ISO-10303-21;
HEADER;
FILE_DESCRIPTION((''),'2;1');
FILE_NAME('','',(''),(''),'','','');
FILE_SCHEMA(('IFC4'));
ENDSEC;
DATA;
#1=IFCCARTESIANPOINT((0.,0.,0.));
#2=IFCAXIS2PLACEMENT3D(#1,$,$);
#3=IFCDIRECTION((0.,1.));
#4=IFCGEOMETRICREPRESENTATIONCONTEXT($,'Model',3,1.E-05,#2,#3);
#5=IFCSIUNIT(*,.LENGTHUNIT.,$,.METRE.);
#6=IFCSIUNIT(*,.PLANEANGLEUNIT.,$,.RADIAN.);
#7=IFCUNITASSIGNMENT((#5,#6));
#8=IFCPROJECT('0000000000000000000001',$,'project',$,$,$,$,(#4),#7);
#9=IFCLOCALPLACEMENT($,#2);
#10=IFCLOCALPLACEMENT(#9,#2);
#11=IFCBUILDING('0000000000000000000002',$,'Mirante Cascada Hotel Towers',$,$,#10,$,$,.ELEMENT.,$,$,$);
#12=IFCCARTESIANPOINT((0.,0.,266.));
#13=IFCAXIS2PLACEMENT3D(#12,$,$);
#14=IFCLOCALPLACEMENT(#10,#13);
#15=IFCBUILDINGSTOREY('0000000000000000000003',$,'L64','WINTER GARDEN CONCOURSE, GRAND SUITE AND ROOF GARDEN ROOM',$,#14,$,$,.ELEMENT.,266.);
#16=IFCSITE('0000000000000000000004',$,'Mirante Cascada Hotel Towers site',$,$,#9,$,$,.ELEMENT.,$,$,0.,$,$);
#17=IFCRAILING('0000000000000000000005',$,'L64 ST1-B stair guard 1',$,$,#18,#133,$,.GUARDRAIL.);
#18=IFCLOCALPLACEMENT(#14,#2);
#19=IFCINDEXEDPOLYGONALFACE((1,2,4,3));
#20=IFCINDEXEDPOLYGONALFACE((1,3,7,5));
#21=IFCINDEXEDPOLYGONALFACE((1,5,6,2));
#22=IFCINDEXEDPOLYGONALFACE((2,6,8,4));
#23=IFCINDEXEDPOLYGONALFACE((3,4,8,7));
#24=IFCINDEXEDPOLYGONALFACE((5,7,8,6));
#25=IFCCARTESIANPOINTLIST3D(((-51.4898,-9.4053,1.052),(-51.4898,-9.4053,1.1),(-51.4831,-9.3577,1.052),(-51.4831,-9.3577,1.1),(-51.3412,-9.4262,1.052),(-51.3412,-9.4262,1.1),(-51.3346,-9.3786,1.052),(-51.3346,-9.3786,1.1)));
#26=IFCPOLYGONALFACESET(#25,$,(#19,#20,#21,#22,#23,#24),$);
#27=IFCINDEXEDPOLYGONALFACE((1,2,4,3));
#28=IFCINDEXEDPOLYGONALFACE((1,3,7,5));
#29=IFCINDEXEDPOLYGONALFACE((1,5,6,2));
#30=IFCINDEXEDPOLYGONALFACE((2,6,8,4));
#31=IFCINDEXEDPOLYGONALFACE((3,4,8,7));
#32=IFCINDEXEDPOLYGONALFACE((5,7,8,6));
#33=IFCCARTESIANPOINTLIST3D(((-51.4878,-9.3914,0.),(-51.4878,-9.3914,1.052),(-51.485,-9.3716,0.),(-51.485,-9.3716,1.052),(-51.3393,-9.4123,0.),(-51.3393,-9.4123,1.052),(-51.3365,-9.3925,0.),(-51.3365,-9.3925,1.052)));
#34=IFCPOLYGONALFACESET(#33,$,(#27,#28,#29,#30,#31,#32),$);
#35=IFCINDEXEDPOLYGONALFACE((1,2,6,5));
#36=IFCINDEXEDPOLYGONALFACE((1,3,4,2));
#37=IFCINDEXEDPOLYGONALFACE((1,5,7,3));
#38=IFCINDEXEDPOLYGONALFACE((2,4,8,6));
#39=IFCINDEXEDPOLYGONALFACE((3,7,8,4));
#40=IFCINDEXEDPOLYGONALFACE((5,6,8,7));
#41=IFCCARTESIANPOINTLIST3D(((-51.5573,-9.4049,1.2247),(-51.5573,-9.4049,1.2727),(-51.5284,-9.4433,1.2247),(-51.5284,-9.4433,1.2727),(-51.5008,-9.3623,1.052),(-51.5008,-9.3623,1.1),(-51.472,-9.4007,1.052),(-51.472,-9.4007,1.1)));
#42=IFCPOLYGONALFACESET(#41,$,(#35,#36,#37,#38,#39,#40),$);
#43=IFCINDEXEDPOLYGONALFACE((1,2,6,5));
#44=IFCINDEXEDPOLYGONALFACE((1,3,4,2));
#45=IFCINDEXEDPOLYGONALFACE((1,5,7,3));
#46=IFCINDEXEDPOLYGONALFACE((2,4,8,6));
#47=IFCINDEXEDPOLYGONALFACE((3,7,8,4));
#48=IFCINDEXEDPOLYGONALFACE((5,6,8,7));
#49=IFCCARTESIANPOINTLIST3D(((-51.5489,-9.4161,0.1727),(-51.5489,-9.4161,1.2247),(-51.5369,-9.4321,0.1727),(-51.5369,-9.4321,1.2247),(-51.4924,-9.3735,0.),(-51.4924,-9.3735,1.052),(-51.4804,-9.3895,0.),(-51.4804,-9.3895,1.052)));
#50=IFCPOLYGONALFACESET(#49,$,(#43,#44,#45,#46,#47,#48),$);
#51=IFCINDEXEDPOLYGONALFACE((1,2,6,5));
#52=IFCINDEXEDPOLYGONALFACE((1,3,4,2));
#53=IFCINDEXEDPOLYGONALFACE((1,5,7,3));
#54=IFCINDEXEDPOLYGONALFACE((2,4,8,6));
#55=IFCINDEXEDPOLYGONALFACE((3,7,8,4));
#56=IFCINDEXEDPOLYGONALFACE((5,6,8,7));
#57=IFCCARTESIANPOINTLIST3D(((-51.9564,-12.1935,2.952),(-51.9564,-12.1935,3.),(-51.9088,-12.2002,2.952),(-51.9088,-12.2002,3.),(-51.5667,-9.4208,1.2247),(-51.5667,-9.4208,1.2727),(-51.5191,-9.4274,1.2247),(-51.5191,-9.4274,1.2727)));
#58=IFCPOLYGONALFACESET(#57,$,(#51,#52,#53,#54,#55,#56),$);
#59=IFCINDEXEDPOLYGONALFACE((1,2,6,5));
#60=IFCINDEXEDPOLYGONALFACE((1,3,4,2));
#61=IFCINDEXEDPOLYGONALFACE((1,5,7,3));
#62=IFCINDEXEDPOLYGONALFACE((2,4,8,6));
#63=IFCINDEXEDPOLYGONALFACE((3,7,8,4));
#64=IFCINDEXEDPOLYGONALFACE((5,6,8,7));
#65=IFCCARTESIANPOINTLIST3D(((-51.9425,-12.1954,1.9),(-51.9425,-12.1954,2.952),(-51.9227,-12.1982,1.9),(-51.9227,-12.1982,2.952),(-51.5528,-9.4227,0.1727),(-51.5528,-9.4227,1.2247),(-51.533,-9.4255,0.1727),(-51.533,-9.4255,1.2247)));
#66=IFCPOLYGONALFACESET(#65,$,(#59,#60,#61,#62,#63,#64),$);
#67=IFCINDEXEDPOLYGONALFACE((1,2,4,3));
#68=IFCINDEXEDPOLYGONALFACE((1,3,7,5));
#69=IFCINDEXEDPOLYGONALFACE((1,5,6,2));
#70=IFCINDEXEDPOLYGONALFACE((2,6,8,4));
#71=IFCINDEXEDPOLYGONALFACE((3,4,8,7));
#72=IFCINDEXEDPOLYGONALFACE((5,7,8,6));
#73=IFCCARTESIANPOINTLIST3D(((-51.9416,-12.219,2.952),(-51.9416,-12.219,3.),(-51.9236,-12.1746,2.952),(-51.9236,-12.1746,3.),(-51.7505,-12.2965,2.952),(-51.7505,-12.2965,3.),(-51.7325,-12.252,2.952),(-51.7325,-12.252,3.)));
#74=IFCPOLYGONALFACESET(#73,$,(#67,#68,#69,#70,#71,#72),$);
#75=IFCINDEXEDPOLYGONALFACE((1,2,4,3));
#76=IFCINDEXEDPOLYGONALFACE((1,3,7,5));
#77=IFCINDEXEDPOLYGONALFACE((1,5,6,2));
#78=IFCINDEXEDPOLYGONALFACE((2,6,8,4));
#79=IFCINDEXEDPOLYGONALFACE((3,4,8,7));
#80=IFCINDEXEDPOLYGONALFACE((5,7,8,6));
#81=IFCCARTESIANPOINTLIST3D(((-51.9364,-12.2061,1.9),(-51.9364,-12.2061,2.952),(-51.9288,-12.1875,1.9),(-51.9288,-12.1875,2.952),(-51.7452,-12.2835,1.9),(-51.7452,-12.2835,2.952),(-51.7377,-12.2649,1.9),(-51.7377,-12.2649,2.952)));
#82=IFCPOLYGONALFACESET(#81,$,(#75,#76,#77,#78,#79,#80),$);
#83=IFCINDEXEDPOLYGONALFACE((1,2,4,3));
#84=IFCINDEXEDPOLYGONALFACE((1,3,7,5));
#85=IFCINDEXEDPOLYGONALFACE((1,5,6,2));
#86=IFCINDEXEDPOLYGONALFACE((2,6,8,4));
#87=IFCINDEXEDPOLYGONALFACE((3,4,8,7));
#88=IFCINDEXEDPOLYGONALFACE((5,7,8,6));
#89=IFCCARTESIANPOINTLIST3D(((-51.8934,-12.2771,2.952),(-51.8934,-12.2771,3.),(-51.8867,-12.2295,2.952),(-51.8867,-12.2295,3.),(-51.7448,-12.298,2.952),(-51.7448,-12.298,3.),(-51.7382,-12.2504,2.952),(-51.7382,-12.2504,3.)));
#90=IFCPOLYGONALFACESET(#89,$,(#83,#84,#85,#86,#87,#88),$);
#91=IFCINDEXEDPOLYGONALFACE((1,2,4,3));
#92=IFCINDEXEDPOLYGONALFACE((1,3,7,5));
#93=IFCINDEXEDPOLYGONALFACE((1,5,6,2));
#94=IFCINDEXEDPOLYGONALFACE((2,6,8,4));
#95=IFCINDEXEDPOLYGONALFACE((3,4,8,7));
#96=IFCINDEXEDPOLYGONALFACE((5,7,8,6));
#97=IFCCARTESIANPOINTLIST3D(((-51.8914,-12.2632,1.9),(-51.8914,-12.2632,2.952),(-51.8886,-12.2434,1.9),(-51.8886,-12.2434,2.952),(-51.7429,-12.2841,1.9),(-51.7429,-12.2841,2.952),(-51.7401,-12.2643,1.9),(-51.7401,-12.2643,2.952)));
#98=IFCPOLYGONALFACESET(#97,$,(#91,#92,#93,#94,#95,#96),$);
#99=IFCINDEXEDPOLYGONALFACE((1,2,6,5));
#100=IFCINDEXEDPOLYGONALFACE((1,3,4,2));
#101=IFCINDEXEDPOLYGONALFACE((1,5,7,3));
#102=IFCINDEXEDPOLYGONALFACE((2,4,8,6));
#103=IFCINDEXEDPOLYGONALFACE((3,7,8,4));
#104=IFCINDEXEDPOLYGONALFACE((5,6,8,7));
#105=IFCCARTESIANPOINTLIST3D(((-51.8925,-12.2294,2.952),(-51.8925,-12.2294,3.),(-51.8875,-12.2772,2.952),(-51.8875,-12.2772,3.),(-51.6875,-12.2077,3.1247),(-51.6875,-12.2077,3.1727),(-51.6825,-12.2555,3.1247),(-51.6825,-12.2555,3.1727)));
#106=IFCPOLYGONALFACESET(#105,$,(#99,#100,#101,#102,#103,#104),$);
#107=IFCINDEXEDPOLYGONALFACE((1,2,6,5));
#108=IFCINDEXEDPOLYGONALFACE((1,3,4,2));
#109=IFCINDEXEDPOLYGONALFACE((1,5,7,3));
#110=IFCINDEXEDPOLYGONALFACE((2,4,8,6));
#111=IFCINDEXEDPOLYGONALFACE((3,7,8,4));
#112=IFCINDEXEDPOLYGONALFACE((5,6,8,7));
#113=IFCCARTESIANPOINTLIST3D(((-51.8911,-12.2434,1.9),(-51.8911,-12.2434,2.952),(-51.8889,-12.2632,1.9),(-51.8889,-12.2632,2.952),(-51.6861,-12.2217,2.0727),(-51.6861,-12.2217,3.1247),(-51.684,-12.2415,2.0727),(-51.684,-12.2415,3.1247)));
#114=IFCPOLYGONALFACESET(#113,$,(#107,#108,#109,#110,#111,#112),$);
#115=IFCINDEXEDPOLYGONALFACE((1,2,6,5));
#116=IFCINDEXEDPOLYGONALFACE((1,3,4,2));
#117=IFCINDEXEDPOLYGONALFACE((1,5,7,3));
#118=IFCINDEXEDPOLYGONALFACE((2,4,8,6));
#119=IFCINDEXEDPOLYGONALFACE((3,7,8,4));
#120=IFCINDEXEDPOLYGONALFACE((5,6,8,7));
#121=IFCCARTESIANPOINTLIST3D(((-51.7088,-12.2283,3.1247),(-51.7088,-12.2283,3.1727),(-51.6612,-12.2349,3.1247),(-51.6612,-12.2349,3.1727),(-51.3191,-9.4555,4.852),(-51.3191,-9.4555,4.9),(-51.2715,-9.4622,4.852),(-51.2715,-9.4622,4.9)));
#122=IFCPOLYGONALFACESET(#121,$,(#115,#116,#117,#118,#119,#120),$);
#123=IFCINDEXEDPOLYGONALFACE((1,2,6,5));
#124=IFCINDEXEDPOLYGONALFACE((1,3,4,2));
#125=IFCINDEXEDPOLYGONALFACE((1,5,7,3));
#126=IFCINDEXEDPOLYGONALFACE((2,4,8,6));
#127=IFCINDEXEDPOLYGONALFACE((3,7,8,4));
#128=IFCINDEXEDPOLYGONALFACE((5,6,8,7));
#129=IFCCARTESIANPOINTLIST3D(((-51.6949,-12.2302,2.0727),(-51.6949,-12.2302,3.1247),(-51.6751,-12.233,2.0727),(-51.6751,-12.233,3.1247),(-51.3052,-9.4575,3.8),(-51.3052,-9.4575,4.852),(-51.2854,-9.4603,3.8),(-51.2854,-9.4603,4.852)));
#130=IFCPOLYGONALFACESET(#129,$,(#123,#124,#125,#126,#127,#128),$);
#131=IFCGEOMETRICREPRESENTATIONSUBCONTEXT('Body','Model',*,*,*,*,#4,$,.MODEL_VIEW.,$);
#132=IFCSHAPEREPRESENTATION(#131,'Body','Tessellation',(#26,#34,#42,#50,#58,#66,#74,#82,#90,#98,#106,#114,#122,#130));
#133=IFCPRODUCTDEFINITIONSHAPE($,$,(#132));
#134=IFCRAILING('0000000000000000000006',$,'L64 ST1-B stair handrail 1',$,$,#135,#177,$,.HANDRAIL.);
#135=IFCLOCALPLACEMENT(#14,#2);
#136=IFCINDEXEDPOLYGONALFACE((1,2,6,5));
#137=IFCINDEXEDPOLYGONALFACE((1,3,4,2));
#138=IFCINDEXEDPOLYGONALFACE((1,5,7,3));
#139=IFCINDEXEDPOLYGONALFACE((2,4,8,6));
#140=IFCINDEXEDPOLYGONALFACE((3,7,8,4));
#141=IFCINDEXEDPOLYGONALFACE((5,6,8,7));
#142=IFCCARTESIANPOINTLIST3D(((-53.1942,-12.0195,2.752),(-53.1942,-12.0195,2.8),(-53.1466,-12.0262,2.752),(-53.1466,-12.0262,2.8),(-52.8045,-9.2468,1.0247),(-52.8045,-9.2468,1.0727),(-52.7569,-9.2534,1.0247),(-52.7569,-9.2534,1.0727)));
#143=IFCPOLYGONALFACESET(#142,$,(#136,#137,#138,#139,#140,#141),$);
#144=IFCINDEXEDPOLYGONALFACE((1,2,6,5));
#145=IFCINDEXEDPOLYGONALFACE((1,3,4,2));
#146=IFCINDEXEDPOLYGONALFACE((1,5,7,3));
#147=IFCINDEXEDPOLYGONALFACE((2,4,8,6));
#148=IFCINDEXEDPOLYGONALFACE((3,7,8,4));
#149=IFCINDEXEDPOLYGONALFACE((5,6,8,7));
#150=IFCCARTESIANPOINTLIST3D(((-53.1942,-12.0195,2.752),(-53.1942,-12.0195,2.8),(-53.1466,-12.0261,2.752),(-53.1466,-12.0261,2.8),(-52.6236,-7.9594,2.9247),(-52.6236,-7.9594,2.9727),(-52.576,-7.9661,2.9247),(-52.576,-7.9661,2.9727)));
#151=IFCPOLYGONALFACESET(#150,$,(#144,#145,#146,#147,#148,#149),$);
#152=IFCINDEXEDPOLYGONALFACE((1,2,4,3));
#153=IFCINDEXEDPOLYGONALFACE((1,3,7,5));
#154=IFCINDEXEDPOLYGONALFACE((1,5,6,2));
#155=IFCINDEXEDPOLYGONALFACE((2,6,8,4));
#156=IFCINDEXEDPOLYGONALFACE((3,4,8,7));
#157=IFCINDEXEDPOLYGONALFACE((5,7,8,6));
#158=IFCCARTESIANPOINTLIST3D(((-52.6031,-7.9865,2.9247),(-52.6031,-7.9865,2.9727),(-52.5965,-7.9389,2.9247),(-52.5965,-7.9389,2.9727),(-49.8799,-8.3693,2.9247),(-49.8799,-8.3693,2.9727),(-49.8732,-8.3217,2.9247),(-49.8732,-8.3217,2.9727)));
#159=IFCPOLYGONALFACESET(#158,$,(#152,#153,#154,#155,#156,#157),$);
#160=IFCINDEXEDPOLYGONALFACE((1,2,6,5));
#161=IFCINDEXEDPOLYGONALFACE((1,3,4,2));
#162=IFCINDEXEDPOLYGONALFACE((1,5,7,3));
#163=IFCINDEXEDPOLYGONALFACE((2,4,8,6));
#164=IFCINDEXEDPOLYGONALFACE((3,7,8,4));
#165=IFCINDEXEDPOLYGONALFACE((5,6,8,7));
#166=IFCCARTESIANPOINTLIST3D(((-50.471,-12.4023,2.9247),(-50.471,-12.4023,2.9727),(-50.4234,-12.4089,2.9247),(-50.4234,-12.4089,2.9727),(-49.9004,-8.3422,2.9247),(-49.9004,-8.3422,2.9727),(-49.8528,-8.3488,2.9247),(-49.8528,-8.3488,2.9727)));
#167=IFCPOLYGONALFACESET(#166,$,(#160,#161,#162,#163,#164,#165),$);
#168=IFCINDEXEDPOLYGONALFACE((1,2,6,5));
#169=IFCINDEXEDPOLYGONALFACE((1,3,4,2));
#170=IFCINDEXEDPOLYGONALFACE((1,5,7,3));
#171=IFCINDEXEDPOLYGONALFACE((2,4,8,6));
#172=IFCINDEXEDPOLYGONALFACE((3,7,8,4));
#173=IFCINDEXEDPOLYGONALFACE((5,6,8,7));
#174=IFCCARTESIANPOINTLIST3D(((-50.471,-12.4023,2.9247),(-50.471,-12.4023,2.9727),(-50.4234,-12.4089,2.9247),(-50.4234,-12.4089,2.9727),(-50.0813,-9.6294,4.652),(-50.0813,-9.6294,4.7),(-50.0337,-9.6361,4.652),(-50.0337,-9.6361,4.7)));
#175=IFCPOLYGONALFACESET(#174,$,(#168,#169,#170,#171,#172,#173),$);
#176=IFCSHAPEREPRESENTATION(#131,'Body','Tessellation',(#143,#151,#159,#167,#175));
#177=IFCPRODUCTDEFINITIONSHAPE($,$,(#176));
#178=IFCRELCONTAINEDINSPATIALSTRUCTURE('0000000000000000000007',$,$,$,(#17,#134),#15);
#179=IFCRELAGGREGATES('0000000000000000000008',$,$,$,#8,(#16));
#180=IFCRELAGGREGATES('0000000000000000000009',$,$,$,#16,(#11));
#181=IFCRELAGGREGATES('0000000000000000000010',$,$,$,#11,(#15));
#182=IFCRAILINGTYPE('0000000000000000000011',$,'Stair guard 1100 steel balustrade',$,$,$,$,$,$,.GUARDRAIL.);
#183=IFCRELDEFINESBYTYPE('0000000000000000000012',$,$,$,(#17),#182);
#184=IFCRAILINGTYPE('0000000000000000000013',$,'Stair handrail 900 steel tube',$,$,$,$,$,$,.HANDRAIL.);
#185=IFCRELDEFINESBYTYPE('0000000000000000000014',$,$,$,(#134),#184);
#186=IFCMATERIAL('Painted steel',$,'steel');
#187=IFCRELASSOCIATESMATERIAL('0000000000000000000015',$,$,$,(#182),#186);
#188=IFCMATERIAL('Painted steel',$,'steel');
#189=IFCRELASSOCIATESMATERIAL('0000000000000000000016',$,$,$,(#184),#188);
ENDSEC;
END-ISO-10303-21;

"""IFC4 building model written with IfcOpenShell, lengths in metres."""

from ifc_helpers import new_model, si_unit, direction, frame, origin, origin_2d, place, context, subcontext, project, spatial, rectangle, extrude, material, type_object, element, save


model = new_model("IFC4")

# Units and contexts
model_context = context("Model", 3, precision=1e-05, world=origin(), true_north=direction((0.0, 1.0)))
body_context = subcontext(model_context, "Body", "Model", "MODEL_VIEW")
ifc_project = project(units=[si_unit("LENGTHUNIT", "METRE"), si_unit("PLANEANGLEUNIT", "RADIAN")], contexts=[model_context])

# Site, building, storey
site_placement = place(None, origin())
site = spatial("IfcSite", under=ifc_project, at=site_placement, Name="Mirante Cascada Hotel Towers site", CompositionType="ELEMENT", RefElevation=0.0)
building_placement = place(site_placement, origin())
building = spatial("IfcBuilding", under=site, at=building_placement, Name="Mirante Cascada Hotel Towers", CompositionType="ELEMENT")
storey_placement = place(building_placement, frame((0.0, 0.0, 266.0)))
storey = spatial("IfcBuildingStorey", under=building, at=storey_placement, Name="L64", Description="WINTER GARDEN CONCOURSE, GRAND SUITE AND ROOF GARDEN ROOM", CompositionType="ELEMENT", Elevation=266.0)

# Railings
ifc_material_1 = material(Name="Painted steel", Category="steel")
railing_type_1 = type_object("IfcRailingType", Name="Stair guard 1100 steel balustrade", PredefinedType="GUARDRAIL", material=ifc_material_1)
railing_1_placement = place(storey_placement, frame((-51.3379, -9.4024, 0.0)))
element("IfcRailing", 1, at=railing_1_placement, inside=storey, type_object=railing_type_1, Name="L64 ST1-B stair guard 1", PredefinedType="GUARDRAIL", context=body_context, shape_type="SweptSolid", body=[
    extrude(rectangle(XDim=0.048, YDim=0.048, at=origin_2d()), frame((0.0, 0.0, 1.076), z_axis=(-0.990241, 0.139367, 0.0), x_axis=(-0.139367, -0.990241, 0.0)), (0.0, 0.0, 1.0), 0.15),
    extrude(rectangle(XDim=0.02, YDim=1.052, at=origin_2d()), frame((0.0, 0.0, 0.526), z_axis=(-0.990241, 0.139367, 0.0), x_axis=(-0.139367, -0.990241, 0.0)), (0.0, 0.0, 1.0), 0.15),
    extrude(rectangle(XDim=0.048, YDim=0.048, at=origin_2d()), frame((-0.1485, 0.0209, 1.076), z_axis=(-0.798471, -0.602033, 0.0), x_axis=(0.602033, -0.798471, 0.0)), (0.0, 0.92534, 0.379139), 0.1866),
    extrude(rectangle(XDim=0.02, YDim=1.052, at=origin_2d()), frame((-0.1485, 0.0209, 0.526), z_axis=(-0.798471, -0.602033, 0.0), x_axis=(0.602033, -0.798471, 0.0)), (0.0, 0.92534, 0.379139), 0.1866),
    extrude(rectangle(XDim=0.048, YDim=0.048, at=origin_2d()), frame((-0.205, -0.0217, 1.2487), z_axis=(-0.139181, -0.990267, 0.0), x_axis=(0.990267, -0.139181, 0.0)), (0.0, 0.525035, 0.851081), 3.2899),
    extrude(rectangle(XDim=0.02, YDim=1.052, at=origin_2d()), frame((-0.205, -0.0217, 0.6987), z_axis=(-0.139181, -0.990267, 0.0), x_axis=(0.990267, -0.139181, 0.0)), (0.0, 0.525035, 0.851081), 3.2899),
    extrude(rectangle(XDim=0.048, YDim=0.048, at=origin_2d()), frame((-0.5947, -2.7944, 2.976), z_axis=(0.926862, -0.375401, 0.0), x_axis=(0.375401, 0.926862, 0.0)), (0.0, 0.0, 1.0), 0.2062),
    extrude(rectangle(XDim=0.02, YDim=1.052, at=origin_2d()), frame((-0.5947, -2.7944, 2.426), z_axis=(0.926862, -0.375401, 0.0), x_axis=(0.375401, 0.926862, 0.0)), (0.0, 0.0, 1.0), 0.2062),
    extrude(rectangle(XDim=0.048, YDim=0.048, at=origin_2d()), frame((-0.4036, -2.8718, 2.976), z_axis=(-0.990241, 0.139367, 0.0), x_axis=(-0.139367, -0.990241, 0.0)), (0.0, 0.0, 1.0), 0.15),
    extrude(rectangle(XDim=0.02, YDim=1.052, at=origin_2d()), frame((-0.4036, -2.8718, 2.426), z_axis=(-0.990241, 0.139367, 0.0), x_axis=(-0.139367, -0.990241, 0.0)), (0.0, 0.0, 1.0), 0.15),
    extrude(rectangle(XDim=0.048, YDim=0.048, at=origin_2d()), frame((-0.5521, -2.8509, 2.976), z_axis=(0.994444, 0.105266, 0.0), x_axis=(-0.105266, 0.994444, 0.0)), (0.0, 0.642184, 0.76655), 0.2689),
    extrude(rectangle(XDim=0.02, YDim=1.052, at=origin_2d()), frame((-0.5521, -2.8509, 2.426), z_axis=(0.994444, 0.105266, 0.0), x_axis=(-0.105266, 0.994444, 0.0)), (0.0, 0.642184, 0.76655), 0.2689),
    extrude(rectangle(XDim=0.048, YDim=0.048, at=origin_2d()), frame((-0.3471, -2.8292, 3.1487), z_axis=(0.139181, 0.990267, 0.0), x_axis=(-0.990267, 0.139181, 0.0)), (0.0, 0.525035, 0.851081), 3.2899),
    extrude(rectangle(XDim=0.02, YDim=1.052, at=origin_2d()), frame((-0.3471, -2.8292, 2.5987), z_axis=(0.139181, 0.990267, 0.0), x_axis=(-0.990267, 0.139181, 0.0)), (0.0, 0.525035, 0.851081), 3.2899),
])
ifc_material_2 = material(Name="Painted steel", Category="steel")
railing_type_2 = type_object("IfcRailingType", Name="Stair handrail 900 steel tube", PredefinedType="HANDRAIL", material=ifc_material_2)
railing_2_placement = place(storey_placement, frame((-52.7807, -9.2501, 0.1727)))
element("IfcRailing", 2, at=railing_2_placement, inside=storey, type_object=railing_type_2, Name="L64 ST1-B stair handrail 1", PredefinedType="HANDRAIL", context=body_context, shape_type="SweptSolid", body=[
    extrude(rectangle(XDim=0.048, YDim=0.048, at=origin_2d()), frame((0.0, 0.0, 0.876), z_axis=(-0.139181, -0.990267, 0.0), x_axis=(0.990267, -0.139181, 0.0)), (0.0, 0.525035, 0.851081), 3.2899),
    extrude(rectangle(XDim=0.048, YDim=0.048, at=origin_2d()), frame((-0.3897, -2.7727, 2.6033), z_axis=(0.139171, 0.990268, 0.0), x_axis=(-0.990268, 0.139171, 0.0)), (0.0, 0.042085, 0.999114), 4.1036),
    extrude(rectangle(XDim=0.048, YDim=0.048, at=origin_2d()), frame((0.1809, 1.2874, 2.776), z_axis=(0.990264, -0.139201, 0.0), x_axis=(0.139201, 0.990264, 0.0)), (0.0, 0.0, 1.0), 2.75),
    extrude(rectangle(XDim=0.048, YDim=0.048, at=origin_2d()), frame((2.9041, 0.9046, 2.776), z_axis=(-0.139171, -0.990268, 0.0), x_axis=(0.990268, -0.139171, 0.0)), (0.0, 0.0, 1.0), 4.1),
    extrude(rectangle(XDim=0.048, YDim=0.048, at=origin_2d()), frame((2.3335, -3.1555, 2.776), z_axis=(0.139176, 0.990268, 0.0), x_axis=(-0.990268, 0.139176, 0.0)), (0.0, 0.525021, 0.851089), 3.29),
])

save(model, "model.ifc")
